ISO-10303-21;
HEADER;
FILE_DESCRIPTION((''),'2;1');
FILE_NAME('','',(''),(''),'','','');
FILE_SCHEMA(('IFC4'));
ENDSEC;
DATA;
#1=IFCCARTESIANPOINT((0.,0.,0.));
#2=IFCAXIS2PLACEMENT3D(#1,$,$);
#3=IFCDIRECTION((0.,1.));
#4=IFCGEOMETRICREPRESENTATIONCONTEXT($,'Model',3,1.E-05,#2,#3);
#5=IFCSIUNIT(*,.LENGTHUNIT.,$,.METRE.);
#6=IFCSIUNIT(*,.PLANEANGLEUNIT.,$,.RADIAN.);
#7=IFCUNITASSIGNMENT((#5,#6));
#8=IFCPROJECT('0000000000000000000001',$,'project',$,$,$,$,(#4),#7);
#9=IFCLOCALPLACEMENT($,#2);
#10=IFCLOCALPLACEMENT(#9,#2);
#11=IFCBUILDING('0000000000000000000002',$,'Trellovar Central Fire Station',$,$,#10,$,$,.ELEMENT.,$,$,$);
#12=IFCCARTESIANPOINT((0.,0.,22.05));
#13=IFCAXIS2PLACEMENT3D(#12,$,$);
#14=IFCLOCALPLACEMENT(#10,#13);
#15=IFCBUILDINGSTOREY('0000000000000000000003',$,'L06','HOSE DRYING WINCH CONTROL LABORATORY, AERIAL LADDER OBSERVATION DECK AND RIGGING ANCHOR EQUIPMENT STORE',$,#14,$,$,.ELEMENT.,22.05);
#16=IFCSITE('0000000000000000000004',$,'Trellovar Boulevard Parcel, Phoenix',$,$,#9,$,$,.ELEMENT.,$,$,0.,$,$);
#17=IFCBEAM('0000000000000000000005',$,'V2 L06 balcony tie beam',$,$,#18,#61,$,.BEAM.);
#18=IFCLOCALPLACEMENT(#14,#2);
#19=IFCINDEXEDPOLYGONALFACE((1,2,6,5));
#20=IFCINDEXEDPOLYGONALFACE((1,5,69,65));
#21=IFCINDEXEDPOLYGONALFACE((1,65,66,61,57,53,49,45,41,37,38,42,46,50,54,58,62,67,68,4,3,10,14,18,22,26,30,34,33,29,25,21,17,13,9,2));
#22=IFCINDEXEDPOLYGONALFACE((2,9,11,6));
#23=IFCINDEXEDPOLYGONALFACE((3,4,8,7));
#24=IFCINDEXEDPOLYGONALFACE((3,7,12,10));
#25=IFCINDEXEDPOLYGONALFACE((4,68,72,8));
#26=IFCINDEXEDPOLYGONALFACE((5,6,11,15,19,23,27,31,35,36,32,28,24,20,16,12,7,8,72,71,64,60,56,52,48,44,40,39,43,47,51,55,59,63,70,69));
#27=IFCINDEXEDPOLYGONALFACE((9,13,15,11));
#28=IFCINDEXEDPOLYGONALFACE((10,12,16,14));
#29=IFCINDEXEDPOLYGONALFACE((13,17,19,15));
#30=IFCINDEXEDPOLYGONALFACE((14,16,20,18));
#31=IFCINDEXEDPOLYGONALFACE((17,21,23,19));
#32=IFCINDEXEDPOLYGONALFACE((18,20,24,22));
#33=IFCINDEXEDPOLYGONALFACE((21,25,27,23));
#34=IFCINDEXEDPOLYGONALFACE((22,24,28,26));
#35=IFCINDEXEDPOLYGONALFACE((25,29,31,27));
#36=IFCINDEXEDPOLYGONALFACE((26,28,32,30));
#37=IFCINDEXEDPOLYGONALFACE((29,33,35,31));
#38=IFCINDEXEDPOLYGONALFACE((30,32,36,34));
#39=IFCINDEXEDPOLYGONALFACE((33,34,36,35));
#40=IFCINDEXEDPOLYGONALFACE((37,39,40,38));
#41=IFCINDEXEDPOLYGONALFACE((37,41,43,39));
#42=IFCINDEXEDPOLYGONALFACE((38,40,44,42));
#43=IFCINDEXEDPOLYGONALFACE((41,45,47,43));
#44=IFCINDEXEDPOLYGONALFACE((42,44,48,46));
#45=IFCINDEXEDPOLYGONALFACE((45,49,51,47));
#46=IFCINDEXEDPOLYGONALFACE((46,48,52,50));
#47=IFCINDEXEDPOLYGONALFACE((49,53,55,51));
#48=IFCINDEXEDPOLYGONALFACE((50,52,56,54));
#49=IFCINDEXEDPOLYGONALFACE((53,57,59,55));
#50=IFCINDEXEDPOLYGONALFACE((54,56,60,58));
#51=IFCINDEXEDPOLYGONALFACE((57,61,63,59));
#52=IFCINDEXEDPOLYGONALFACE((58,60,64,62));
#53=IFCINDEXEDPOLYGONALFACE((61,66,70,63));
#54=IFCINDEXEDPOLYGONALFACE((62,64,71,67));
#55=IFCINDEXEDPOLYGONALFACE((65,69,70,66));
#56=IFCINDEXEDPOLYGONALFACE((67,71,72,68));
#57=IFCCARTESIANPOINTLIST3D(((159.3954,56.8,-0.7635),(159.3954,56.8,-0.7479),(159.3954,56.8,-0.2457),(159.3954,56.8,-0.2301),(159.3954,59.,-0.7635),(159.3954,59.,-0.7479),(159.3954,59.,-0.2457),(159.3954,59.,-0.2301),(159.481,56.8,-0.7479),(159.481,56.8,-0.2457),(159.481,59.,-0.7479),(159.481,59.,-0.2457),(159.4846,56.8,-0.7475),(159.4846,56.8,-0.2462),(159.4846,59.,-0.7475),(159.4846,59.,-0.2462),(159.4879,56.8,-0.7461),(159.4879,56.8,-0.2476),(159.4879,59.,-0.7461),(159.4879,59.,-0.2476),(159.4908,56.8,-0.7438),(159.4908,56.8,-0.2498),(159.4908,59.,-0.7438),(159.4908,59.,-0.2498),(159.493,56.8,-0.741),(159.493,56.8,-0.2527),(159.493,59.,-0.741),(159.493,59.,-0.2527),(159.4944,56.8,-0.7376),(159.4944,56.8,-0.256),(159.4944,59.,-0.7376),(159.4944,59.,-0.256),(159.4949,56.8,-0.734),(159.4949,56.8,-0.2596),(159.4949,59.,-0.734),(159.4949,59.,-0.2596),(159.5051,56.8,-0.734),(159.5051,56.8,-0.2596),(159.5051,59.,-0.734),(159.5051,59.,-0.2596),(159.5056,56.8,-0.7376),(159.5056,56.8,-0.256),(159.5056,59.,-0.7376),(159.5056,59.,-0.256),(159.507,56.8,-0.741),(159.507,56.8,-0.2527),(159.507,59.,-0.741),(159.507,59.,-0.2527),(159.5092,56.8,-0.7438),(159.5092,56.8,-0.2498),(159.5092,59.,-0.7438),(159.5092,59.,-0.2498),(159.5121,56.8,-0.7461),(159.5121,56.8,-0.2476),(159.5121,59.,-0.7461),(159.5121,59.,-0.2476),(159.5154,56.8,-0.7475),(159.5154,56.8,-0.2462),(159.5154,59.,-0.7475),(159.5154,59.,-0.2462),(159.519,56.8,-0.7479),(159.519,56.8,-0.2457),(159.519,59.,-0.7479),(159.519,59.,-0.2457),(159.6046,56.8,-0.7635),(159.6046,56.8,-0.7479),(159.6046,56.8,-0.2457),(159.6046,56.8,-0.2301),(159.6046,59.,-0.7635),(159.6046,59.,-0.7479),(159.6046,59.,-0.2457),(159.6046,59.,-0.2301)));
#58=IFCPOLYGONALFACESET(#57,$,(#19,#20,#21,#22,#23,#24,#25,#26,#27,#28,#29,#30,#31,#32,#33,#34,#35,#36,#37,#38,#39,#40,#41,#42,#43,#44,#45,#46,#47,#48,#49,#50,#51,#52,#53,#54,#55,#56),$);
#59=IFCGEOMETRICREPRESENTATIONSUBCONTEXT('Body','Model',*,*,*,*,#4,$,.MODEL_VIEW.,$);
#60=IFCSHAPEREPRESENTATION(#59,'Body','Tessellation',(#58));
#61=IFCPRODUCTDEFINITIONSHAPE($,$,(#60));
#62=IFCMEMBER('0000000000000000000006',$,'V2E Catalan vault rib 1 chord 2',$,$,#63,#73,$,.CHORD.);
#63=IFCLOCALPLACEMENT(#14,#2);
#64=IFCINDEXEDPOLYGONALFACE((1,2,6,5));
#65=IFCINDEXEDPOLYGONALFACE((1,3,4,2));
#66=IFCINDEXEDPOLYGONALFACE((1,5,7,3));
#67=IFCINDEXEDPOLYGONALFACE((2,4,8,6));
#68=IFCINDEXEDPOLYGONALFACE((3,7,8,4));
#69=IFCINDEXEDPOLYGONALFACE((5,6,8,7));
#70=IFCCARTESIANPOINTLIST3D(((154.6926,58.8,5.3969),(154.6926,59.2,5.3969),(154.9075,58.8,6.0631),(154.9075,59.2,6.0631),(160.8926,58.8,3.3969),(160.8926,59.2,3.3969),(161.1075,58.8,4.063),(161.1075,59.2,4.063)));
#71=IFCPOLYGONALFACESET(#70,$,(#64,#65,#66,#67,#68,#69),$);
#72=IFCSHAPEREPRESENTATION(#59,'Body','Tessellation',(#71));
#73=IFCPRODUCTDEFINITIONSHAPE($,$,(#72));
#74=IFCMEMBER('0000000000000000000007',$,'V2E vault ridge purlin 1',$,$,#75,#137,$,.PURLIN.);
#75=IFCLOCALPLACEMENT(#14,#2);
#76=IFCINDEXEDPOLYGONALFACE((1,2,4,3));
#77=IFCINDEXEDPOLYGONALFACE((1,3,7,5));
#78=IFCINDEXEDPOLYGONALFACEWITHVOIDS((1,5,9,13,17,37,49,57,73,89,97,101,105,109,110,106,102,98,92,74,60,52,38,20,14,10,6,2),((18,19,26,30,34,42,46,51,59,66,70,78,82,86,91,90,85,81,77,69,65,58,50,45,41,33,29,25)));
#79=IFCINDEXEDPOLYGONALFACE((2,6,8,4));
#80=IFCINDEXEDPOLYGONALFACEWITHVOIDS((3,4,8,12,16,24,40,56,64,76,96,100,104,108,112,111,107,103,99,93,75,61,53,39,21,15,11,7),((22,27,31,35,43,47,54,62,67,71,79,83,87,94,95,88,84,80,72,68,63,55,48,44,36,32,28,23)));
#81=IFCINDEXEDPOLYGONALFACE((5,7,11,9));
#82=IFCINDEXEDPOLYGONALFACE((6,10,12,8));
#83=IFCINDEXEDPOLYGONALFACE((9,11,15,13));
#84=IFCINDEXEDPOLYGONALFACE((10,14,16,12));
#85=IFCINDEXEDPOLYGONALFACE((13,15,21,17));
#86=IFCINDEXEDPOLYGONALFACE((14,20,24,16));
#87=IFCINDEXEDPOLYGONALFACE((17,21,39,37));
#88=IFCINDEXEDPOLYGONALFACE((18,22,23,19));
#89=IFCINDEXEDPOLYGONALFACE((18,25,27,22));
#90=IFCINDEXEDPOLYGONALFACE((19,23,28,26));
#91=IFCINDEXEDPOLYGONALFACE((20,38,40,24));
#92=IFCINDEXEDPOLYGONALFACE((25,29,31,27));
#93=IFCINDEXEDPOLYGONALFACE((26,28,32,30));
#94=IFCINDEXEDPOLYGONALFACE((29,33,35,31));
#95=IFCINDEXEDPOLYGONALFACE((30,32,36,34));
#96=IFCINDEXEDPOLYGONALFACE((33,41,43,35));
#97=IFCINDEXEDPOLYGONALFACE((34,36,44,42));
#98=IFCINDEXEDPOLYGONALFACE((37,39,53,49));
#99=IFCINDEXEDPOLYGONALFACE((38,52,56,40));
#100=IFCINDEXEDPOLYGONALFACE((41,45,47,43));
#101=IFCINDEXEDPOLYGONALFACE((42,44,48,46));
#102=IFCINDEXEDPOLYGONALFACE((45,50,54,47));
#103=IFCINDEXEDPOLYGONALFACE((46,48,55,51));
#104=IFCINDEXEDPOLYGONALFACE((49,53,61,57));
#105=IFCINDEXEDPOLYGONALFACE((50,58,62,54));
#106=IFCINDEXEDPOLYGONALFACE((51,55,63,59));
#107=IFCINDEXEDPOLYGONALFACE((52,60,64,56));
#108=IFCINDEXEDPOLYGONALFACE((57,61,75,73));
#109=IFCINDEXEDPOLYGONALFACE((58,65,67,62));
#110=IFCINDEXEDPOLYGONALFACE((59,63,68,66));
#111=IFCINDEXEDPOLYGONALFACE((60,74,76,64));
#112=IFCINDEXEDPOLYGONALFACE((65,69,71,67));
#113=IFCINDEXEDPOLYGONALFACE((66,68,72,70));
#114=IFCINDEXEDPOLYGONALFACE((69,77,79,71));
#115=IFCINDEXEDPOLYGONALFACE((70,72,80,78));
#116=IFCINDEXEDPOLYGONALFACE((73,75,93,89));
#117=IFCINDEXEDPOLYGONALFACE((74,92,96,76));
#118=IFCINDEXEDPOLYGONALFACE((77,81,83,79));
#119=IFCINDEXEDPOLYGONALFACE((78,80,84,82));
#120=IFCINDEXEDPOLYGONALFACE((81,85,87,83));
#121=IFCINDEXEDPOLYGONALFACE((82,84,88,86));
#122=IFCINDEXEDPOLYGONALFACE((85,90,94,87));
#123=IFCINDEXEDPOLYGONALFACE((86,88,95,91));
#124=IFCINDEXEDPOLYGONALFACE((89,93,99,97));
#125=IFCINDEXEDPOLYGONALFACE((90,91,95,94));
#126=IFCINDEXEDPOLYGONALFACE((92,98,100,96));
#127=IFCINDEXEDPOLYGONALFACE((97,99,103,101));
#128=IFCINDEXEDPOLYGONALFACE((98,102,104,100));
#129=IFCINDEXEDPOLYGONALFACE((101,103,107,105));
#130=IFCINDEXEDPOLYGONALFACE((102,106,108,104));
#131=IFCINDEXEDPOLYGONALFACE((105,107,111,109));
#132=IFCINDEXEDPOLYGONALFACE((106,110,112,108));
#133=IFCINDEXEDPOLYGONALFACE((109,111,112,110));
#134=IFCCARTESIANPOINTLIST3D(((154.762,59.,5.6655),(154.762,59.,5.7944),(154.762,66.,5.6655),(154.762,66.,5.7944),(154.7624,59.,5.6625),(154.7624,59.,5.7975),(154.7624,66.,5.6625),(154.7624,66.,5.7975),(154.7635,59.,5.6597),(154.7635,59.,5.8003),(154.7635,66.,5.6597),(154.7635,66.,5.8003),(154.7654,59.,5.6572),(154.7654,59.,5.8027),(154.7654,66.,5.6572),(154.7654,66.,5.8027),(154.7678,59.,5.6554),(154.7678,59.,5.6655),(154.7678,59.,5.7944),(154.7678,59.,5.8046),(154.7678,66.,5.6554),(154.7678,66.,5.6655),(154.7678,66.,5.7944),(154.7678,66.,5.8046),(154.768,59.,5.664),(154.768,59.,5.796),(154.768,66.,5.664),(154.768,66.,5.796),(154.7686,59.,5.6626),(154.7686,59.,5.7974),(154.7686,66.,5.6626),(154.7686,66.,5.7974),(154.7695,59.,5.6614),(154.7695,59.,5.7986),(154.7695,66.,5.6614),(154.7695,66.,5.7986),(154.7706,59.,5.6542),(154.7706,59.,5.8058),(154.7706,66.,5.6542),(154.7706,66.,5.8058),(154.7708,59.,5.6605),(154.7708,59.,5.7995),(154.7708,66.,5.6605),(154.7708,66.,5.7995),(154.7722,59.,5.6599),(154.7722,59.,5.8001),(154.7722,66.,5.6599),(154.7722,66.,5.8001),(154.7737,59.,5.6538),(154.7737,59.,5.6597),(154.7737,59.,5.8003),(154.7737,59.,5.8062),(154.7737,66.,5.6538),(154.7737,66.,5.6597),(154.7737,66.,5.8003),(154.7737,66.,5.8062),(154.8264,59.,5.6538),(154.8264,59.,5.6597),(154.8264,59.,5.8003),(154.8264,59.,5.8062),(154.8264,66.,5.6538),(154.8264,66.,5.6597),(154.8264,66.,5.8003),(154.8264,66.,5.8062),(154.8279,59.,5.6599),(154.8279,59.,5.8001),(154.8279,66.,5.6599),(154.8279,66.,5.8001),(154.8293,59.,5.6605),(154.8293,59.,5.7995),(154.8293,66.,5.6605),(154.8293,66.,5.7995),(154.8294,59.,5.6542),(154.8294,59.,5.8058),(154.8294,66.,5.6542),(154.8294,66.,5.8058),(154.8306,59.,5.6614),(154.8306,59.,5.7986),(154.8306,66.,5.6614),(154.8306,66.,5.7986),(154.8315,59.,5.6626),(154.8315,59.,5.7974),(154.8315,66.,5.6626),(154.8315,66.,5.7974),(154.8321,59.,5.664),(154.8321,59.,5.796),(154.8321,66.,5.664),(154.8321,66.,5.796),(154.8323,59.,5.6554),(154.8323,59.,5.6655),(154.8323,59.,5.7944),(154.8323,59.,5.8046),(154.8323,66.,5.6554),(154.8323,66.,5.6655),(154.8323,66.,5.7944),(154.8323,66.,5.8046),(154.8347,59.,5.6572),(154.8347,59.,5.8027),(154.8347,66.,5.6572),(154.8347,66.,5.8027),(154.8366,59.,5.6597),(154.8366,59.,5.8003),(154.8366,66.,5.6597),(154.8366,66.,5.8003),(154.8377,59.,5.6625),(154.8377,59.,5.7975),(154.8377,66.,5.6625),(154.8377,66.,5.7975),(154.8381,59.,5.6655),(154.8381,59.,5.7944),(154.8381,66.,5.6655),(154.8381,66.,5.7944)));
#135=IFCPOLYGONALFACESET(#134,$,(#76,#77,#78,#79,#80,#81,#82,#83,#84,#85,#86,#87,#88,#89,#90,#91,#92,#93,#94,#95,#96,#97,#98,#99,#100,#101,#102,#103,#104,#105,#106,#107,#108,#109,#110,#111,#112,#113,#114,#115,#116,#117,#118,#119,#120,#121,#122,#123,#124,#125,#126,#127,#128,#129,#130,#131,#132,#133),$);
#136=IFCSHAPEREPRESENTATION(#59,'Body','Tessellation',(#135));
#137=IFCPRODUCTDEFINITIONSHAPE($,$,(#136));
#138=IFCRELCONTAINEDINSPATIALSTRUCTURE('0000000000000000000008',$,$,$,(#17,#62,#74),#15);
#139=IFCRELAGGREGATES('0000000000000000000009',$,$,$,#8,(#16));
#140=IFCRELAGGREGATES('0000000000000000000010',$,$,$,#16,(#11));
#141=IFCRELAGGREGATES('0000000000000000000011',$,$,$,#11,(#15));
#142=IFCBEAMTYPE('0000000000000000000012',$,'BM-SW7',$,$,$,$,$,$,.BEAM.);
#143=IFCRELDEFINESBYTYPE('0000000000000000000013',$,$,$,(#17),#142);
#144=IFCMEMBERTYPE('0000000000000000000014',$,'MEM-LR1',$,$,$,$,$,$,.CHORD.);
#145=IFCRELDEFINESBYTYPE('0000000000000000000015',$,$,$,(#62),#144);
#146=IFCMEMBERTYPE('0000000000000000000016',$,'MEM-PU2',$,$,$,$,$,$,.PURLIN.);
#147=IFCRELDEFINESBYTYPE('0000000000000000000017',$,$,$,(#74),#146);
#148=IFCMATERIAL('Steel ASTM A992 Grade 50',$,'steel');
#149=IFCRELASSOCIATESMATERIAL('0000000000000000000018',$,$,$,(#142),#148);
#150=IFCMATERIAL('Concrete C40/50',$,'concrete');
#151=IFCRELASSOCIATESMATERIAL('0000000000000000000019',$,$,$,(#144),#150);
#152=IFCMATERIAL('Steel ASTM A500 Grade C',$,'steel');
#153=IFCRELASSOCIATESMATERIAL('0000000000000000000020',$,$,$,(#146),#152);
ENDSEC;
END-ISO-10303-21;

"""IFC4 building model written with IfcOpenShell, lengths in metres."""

from ifc_helpers import new_model, si_unit, direction, frame, origin, origin_2d, place, context, subcontext, project, spatial, rectangle, hollow_rectangle, i_section, extrude, material, material_profile, profile_set, type_object, element, save


model = new_model("IFC4")

# Units and contexts
model_context = context("Model", 3, precision=1e-05, world=origin(), true_north=direction((0.0, 1.0)))
body_context = subcontext(model_context, "Body", "Model", "MODEL_VIEW")
ifc_project = project(units=[si_unit("LENGTHUNIT", "METRE"), si_unit("PLANEANGLEUNIT", "RADIAN")], contexts=[model_context])

# Site, building, storey
site_placement = place(None, origin())
site = spatial("IfcSite", under=ifc_project, at=site_placement, Name="Trellovar Boulevard Parcel, Phoenix", CompositionType="ELEMENT", RefElevation=0.0)
building_placement = place(site_placement, origin())
building = spatial("IfcBuilding", under=site, at=building_placement, Name="Trellovar Central Fire Station", CompositionType="ELEMENT")
storey_placement = place(building_placement, frame((0.0, 0.0, 22.05)))
storey = spatial("IfcBuildingStorey", under=building, at=storey_placement, Name="L06", Description="HOSE DRYING WINCH CONTROL LABORATORY, AERIAL LADDER OBSERVATION DECK AND RIGGING ANCHOR EQUIPMENT STORE", CompositionType="ELEMENT", Elevation=22.05)

# Beam
ifc_material_1 = material(Name="Steel ASTM A992 Grade 50", Category="steel")
ifc_material_profile_1 = material_profile(ifc_material_1, i_section(OverallWidth=0.2092, OverallDepth=0.5334, WebThickness=0.0103, FlangeThickness=0.0156, FilletRadius=0.0139, at=origin_2d()), Name="W21X62")
ifc_profile_set_1 = profile_set([ifc_material_profile_1], Name="Steel ASTM A992 Grade 50")
beam_type_1 = type_object("IfcBeamType", Name="BM-SW7", PredefinedType="BEAM", material=ifc_profile_set_1)
for number, where, z_axis, x_axis, name in (
    (1, (159.5, 56.8, -0.4968), (0.0, 1.0, 0.0), (-1.0, 0.0, 0.0), "V2 L06 balcony tie beam"),
):
    element("IfcBeam", number, at=place(storey_placement, frame(where, z_axis=z_axis, x_axis=x_axis)), inside=storey, type_object=beam_type_1, Name=name, PredefinedType="BEAM", context=body_context, shape_type="SweptSolid", body=[
        extrude(i_section(OverallWidth=0.2092, OverallDepth=0.5334, WebThickness=0.0103, FlangeThickness=0.0156, FilletRadius=0.0139, at=origin_2d()), origin(), (0.0, 0.0, 1.0), 2.2),
    ])

# Members
ifc_material_2 = material(Name="Concrete C40/50", Category="concrete")
ifc_material_profile_2 = material_profile(ifc_material_2, rectangle(XDim=0.3999, YDim=0.7, at=origin_2d()), Name="RC400X700")
ifc_profile_set_2 = profile_set([ifc_material_profile_2], Name="Concrete C40/50")
member_type_1 = type_object("IfcMemberType", Name="MEM-LR1", PredefinedType="CHORD", material=ifc_profile_set_2)
member_1_placement = place(storey_placement, frame((154.8, 59.0, 5.73), z_axis=(0.951708, 0.0, -0.307005), x_axis=(0.0, 1.0, 0.0)))
element("IfcMember", 2, at=member_1_placement, inside=storey, type_object=member_type_1, Name="V2E Catalan vault rib 1 chord 2", PredefinedType="CHORD", context=body_context, shape_type="SweptSolid", body=[
    extrude(rectangle(XDim=0.3999, YDim=0.7, at=origin_2d()), origin(), (0.0, 0.0, 1.0), 6.5146),
])
ifc_material_3 = material(Name="Steel ASTM A500 Grade C", Category="steel")
ifc_material_profile_3 = material_profile(ifc_material_3, hollow_rectangle(XDim=0.0762, YDim=0.1523, WallThickness=0.0059, InnerFilletRadius=0.0059, OuterFilletRadius=0.0117, at=origin_2d()), Name="HSS6X3X1/4")
ifc_profile_set_3 = profile_set([ifc_material_profile_3], Name="Steel ASTM A500 Grade C")
member_type_2 = type_object("IfcMemberType", Name="MEM-PU2", PredefinedType="PURLIN", material=ifc_profile_set_3)
for number, where, z_axis, x_axis, name in (
    (3, (154.8, 59.0, 5.73), (0.0, 1.0, 0.0), (-1.0, 0.0, 0.0), "V2E vault ridge purlin 1"),
):
    element("IfcMember", number, at=place(storey_placement, frame(where, z_axis=z_axis, x_axis=x_axis)), inside=storey, type_object=member_type_2, Name=name, PredefinedType="PURLIN", context=body_context, shape_type="SweptSolid", body=[
        extrude(hollow_rectangle(XDim=0.0762, YDim=0.1523, WallThickness=0.0059, InnerFilletRadius=0.0059, OuterFilletRadius=0.0117, at=origin_2d()), origin(), (0.0, 0.0, 1.0), 7.0),
    ])

save(model, "model.ifc")
